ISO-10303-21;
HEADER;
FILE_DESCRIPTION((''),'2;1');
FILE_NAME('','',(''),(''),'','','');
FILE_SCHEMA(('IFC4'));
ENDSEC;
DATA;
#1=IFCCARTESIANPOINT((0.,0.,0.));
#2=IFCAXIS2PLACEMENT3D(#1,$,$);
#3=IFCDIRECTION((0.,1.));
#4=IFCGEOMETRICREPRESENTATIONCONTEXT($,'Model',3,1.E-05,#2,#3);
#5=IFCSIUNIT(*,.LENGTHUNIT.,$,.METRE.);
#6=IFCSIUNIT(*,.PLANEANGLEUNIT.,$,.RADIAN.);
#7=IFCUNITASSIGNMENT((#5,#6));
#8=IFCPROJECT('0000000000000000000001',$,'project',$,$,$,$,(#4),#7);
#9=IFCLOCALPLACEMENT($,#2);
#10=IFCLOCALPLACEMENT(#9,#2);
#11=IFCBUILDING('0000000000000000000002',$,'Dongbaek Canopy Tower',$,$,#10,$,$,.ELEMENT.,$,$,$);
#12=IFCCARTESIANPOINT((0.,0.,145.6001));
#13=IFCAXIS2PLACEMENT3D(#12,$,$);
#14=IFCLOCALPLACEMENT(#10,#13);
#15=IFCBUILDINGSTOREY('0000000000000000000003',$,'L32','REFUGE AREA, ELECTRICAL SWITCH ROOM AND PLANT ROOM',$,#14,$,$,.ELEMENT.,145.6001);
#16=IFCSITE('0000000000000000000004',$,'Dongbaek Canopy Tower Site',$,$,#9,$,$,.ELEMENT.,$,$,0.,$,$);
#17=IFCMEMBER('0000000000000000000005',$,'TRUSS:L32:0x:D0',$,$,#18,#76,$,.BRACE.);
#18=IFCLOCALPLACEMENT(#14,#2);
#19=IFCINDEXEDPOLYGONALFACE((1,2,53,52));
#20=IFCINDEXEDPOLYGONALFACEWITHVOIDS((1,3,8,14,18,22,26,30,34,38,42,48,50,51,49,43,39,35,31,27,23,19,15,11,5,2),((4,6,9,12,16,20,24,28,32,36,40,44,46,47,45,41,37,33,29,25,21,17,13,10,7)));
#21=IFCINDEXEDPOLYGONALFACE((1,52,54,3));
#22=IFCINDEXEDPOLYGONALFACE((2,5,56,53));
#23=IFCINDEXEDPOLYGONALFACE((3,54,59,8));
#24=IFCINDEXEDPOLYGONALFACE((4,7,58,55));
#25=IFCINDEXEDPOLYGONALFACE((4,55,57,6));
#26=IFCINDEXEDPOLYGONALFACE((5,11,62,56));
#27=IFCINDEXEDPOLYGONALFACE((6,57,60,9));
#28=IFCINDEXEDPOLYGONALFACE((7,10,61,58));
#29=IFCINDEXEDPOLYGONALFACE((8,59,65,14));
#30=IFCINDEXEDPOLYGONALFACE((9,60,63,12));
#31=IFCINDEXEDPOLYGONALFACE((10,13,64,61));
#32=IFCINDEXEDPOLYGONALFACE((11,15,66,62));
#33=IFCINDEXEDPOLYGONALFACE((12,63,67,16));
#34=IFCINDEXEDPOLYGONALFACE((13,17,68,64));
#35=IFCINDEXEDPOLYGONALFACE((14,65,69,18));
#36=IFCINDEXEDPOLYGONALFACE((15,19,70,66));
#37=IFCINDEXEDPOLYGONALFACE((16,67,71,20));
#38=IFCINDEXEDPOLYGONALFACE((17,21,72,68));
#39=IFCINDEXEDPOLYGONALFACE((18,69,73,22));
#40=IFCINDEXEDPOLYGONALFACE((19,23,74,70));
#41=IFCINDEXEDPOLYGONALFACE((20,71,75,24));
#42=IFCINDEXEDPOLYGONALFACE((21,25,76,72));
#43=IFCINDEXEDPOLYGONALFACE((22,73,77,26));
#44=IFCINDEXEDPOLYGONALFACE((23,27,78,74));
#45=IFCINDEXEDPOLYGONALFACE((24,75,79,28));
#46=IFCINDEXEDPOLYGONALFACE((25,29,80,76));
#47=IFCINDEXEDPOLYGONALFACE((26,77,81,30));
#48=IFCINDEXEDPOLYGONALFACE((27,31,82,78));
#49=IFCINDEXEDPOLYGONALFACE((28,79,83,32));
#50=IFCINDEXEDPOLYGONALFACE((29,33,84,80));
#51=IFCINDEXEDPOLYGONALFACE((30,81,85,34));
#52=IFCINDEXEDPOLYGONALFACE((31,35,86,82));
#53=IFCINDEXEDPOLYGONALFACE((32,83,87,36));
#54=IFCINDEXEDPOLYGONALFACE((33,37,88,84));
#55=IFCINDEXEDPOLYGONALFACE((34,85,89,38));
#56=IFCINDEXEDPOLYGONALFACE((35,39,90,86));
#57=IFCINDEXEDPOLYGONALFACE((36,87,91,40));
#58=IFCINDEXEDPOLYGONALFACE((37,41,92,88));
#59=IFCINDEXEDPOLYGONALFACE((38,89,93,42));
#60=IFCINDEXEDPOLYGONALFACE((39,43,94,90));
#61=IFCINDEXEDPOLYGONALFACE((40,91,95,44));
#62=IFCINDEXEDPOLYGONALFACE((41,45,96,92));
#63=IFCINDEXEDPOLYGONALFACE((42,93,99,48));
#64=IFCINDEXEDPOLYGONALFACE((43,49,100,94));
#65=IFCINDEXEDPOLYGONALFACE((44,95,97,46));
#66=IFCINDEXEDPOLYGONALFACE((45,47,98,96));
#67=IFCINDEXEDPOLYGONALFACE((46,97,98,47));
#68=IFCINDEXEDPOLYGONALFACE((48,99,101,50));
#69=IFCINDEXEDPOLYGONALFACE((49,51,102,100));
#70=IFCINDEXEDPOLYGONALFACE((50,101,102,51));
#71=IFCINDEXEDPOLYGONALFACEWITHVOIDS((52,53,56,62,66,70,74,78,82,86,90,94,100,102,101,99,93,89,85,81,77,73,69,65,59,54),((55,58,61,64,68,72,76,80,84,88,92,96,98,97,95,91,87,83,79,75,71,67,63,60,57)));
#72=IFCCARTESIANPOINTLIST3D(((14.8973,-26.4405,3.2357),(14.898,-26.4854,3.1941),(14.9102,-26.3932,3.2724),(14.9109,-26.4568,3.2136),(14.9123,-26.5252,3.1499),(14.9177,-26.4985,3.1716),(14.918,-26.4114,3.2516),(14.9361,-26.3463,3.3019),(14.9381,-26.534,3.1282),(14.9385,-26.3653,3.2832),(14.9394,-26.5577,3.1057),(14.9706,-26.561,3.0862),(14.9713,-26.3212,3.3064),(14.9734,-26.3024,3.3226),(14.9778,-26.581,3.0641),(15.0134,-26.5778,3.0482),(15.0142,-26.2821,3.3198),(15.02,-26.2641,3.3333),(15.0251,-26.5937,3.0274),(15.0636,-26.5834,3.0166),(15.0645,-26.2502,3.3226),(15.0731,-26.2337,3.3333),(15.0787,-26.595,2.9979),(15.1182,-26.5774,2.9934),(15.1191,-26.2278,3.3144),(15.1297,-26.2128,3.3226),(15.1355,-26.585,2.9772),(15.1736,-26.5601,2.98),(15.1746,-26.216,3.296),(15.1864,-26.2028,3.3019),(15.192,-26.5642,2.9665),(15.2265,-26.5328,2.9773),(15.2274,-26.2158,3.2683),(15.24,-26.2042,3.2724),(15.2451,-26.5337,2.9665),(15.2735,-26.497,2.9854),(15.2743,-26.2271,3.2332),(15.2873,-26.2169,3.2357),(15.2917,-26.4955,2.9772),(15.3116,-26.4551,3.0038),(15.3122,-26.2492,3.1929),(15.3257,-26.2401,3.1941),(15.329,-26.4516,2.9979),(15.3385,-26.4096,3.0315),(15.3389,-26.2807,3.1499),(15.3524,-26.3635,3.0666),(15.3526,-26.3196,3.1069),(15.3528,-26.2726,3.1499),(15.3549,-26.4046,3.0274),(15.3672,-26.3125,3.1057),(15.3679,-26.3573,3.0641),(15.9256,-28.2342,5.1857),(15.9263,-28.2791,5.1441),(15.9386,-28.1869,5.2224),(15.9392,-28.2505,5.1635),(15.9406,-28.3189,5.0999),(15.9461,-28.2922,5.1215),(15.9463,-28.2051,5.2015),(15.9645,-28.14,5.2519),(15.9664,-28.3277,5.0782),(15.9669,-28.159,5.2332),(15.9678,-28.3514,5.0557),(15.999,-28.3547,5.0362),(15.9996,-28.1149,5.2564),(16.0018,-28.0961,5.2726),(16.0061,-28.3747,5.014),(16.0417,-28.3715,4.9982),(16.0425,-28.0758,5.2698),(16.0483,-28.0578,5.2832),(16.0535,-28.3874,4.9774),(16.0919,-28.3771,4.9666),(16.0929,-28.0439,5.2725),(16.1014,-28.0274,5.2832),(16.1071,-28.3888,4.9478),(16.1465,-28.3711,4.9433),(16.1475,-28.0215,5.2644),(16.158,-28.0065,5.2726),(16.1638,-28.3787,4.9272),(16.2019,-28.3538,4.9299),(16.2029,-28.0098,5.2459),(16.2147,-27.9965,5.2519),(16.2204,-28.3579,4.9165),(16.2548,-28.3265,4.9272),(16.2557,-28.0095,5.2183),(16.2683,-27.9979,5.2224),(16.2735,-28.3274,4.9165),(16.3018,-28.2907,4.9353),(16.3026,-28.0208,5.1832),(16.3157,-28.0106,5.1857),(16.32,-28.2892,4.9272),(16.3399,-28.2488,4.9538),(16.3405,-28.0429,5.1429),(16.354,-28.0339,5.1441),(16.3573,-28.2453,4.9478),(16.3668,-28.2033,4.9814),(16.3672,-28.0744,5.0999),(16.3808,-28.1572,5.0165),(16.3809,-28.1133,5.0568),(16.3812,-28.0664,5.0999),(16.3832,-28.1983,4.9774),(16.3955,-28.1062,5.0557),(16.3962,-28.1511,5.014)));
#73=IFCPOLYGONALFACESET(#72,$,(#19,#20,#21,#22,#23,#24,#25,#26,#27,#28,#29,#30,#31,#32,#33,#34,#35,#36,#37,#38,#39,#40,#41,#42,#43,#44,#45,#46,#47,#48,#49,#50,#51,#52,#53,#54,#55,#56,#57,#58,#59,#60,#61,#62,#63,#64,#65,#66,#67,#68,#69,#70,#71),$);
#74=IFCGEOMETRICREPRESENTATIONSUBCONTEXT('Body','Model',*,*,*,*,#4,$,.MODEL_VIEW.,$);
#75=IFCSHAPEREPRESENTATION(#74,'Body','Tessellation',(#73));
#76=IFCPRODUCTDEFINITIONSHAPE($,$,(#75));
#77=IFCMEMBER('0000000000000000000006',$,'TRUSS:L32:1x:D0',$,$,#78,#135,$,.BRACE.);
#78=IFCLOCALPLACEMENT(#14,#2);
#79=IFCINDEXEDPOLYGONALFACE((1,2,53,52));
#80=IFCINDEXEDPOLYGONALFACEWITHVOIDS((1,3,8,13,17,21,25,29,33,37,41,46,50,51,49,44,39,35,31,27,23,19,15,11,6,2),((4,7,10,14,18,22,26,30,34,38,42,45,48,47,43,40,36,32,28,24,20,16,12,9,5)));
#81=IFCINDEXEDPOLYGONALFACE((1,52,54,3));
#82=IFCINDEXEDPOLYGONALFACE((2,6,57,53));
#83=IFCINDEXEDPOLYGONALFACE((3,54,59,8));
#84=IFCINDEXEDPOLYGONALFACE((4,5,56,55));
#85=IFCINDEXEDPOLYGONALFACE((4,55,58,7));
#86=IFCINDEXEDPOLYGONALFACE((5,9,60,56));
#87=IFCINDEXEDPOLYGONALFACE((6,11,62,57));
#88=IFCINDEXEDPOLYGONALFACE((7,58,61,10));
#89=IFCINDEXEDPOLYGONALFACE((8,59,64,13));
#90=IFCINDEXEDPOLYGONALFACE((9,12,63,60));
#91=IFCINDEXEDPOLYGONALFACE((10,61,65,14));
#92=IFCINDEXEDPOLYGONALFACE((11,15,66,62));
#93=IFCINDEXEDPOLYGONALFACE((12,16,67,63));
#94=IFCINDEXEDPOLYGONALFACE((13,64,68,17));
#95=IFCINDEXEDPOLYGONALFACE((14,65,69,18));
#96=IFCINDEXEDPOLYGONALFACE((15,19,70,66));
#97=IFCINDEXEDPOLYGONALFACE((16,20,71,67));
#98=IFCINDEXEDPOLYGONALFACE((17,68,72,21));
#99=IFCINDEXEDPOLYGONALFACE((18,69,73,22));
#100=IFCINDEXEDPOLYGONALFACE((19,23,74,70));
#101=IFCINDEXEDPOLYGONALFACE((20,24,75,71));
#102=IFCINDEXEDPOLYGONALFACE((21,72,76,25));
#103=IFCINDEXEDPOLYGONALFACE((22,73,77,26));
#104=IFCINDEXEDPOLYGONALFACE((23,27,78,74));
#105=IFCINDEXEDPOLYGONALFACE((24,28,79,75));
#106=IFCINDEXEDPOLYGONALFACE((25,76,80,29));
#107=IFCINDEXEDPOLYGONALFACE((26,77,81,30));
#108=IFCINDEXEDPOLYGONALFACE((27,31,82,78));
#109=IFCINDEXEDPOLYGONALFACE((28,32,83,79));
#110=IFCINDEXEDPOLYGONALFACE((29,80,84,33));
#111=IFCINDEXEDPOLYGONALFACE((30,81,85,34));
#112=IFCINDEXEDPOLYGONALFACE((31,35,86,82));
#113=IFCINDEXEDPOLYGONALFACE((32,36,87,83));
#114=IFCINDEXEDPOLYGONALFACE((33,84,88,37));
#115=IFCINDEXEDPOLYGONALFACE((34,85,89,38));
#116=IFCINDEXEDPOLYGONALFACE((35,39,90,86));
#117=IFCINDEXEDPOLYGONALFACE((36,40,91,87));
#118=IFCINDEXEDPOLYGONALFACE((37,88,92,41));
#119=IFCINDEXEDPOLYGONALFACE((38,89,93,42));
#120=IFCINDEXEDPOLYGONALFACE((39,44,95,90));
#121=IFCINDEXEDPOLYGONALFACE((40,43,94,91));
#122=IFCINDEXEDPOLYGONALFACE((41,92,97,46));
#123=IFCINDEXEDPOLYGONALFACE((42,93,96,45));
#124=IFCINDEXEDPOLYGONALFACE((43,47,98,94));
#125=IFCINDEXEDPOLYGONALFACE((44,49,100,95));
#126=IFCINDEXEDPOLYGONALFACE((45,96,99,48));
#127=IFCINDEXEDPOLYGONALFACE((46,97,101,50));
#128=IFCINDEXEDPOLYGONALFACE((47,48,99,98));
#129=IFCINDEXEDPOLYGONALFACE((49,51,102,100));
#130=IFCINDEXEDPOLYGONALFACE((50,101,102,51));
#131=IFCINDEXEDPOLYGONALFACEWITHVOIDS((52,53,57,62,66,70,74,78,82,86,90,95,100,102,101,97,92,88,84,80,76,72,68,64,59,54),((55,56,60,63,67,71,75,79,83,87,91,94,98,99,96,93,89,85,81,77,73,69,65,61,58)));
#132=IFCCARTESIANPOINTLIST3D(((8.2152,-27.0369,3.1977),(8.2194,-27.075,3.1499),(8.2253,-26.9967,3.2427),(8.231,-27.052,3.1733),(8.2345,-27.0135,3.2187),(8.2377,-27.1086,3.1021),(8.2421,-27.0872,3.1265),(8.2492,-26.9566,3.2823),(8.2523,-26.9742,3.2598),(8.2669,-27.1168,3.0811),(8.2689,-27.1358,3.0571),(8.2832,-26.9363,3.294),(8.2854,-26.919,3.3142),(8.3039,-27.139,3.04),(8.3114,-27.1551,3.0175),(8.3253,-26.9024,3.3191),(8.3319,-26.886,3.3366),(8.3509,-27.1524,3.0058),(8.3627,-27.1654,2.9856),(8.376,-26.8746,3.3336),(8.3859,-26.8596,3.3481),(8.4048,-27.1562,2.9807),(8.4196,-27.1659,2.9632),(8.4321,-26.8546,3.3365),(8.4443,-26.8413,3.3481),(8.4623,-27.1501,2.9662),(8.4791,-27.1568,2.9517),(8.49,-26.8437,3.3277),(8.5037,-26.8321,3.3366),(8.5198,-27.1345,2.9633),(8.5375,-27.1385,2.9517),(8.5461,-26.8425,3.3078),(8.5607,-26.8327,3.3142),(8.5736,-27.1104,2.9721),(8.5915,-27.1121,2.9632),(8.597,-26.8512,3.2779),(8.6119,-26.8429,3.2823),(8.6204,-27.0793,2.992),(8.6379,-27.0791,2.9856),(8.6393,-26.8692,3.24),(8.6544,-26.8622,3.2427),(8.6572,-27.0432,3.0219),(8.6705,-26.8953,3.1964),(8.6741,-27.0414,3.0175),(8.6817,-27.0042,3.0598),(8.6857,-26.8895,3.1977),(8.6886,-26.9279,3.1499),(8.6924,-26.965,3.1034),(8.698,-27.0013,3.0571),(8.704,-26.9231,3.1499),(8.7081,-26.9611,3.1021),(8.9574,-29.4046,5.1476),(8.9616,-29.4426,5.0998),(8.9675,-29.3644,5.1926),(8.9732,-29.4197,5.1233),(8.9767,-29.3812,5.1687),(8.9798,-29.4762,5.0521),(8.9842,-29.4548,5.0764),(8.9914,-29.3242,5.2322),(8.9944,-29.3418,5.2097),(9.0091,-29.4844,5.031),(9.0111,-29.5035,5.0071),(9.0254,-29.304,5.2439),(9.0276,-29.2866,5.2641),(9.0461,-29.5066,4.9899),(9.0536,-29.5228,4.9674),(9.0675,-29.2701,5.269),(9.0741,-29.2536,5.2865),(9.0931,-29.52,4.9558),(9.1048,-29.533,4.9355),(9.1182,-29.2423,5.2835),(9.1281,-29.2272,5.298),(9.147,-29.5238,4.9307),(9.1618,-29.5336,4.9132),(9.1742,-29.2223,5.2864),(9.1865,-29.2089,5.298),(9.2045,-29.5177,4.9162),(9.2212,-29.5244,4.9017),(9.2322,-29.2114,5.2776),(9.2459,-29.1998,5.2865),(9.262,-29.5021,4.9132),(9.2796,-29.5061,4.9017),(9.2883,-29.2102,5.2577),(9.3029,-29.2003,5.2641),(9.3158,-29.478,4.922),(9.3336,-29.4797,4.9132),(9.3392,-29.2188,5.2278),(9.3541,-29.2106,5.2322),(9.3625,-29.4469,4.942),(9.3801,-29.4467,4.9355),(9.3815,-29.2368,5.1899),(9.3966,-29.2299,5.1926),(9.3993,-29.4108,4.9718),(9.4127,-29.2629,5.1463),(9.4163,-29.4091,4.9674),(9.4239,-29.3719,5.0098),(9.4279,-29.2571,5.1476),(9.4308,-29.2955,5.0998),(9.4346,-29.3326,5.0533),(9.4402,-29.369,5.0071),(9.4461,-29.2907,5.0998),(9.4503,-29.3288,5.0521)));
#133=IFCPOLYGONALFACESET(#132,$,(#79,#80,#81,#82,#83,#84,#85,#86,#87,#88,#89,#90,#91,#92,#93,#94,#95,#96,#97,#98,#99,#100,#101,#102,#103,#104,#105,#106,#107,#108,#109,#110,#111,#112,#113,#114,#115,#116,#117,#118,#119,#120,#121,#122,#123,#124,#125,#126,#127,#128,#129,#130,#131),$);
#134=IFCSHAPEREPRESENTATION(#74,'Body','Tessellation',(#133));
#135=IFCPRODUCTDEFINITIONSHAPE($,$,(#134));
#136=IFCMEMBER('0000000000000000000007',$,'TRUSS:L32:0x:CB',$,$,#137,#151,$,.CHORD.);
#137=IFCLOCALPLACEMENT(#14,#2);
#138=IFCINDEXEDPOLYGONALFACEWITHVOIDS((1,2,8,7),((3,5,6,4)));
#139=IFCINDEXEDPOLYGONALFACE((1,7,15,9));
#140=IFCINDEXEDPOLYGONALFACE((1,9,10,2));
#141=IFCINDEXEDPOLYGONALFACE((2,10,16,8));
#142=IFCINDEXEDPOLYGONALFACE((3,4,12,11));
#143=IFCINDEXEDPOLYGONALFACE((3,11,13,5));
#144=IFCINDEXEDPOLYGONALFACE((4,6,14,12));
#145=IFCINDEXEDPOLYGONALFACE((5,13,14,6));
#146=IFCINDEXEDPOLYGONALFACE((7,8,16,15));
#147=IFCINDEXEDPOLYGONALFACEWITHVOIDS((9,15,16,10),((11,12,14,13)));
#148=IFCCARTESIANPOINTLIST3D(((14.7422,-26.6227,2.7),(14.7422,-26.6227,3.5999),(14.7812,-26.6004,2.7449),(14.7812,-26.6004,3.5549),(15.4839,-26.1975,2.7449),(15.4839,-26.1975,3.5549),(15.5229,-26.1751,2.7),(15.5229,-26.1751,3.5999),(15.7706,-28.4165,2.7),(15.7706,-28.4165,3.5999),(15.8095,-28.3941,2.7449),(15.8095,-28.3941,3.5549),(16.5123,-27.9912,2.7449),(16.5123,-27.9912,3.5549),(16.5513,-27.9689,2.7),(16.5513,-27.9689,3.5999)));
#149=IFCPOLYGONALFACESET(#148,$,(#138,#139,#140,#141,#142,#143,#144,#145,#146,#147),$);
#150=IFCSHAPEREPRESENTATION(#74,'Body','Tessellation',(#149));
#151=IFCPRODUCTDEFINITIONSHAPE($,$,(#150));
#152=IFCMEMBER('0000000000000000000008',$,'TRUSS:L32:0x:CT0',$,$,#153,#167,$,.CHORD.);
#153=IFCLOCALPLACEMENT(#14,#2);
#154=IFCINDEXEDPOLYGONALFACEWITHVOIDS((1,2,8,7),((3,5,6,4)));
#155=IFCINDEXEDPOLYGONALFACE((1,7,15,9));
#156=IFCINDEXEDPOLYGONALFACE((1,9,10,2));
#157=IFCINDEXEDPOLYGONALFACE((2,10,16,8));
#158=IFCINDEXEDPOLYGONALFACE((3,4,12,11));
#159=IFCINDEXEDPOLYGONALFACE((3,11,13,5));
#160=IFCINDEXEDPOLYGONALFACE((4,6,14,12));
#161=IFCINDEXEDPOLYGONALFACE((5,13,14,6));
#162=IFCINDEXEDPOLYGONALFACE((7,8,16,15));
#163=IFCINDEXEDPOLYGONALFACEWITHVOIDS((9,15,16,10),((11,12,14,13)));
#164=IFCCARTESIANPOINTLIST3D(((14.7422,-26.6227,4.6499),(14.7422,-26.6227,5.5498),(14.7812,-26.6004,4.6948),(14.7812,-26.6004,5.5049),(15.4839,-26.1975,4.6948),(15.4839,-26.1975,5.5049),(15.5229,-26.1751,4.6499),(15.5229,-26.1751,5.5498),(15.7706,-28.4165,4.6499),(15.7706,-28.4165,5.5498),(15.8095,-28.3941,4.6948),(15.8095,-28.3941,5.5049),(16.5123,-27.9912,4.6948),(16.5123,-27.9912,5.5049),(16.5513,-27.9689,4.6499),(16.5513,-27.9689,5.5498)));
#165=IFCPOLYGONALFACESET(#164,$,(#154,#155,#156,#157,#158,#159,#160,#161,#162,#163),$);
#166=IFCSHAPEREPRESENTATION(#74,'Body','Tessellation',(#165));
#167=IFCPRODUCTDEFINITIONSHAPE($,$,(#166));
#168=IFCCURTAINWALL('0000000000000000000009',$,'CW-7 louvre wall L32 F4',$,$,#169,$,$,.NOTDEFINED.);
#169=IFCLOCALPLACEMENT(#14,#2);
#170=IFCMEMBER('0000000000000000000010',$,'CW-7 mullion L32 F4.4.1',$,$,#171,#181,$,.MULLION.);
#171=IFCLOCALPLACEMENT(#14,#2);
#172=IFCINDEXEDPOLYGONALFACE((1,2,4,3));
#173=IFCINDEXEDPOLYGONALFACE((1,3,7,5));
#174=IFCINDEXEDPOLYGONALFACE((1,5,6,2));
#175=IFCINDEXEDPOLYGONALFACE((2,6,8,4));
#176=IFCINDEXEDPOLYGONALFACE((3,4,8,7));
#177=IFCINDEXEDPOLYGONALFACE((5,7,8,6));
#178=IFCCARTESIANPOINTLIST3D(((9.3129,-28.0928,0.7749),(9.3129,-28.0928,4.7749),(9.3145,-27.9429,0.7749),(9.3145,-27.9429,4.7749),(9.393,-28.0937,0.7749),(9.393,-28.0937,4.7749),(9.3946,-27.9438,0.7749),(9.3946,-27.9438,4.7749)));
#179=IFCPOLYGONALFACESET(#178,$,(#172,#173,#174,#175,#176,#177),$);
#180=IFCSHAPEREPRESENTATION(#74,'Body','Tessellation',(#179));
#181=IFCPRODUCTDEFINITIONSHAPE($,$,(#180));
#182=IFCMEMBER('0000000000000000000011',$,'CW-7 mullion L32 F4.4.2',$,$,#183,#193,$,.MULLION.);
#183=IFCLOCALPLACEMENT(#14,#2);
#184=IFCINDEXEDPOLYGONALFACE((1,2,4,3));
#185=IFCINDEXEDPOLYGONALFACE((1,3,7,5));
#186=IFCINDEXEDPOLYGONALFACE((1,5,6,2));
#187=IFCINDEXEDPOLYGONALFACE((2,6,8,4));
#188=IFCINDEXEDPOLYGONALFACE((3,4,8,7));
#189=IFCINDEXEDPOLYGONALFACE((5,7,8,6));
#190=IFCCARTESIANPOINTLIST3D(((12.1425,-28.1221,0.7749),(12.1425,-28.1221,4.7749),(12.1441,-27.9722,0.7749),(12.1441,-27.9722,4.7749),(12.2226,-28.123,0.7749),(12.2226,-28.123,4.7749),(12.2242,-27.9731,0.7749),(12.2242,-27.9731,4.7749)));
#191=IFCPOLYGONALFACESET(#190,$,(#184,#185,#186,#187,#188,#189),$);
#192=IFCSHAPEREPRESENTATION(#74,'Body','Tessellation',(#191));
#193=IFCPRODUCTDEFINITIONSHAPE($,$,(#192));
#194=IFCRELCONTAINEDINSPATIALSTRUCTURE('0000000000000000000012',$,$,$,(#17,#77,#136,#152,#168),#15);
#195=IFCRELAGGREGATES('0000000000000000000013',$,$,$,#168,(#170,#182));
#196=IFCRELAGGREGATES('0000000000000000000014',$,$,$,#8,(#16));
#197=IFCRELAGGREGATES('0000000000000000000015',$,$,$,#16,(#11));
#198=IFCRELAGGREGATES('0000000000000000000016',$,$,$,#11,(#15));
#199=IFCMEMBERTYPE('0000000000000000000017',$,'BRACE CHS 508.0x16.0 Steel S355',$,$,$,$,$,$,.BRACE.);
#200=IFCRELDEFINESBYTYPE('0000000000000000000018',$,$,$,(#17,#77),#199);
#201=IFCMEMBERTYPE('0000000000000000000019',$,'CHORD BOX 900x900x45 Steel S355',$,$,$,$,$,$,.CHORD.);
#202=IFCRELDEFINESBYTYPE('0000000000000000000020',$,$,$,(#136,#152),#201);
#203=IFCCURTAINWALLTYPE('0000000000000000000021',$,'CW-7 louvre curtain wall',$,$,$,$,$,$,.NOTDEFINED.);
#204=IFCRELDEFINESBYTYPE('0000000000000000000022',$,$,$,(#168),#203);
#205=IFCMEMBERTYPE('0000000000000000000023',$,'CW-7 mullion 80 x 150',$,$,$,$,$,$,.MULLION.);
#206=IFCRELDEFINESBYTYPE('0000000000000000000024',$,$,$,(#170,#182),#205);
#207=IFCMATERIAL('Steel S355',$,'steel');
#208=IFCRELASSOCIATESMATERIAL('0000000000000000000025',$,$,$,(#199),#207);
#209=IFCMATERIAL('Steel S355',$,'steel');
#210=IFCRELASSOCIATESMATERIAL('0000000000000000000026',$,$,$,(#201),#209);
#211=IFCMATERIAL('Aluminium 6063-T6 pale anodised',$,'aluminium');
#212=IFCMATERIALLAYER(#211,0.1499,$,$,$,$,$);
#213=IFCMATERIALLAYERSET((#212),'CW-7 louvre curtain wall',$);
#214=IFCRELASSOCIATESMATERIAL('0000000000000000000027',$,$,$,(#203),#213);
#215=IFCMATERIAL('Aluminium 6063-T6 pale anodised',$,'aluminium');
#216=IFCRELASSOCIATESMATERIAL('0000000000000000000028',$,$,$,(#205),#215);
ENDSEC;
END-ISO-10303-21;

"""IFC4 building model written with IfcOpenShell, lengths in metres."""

from ifc_helpers import new_model, si_unit, direction, frame, origin, origin_2d, place, context, subcontext, project, spatial, rectangle, hollow_rectangle, hollow_circle, extrude, material, layer, layer_set, material_profile, profile_set, type_object, element, aggregate, save


model = new_model("IFC4")

# Units and contexts
model_context = context("Model", 3, precision=1e-05, world=origin(), true_north=direction((0.0, 1.0)))
body_context = subcontext(model_context, "Body", "Model", "MODEL_VIEW")
ifc_project = project(units=[si_unit("LENGTHUNIT", "METRE"), si_unit("PLANEANGLEUNIT", "RADIAN")], contexts=[model_context])

# Site, building, storey
site_placement = place(None, origin())
site = spatial("IfcSite", under=ifc_project, at=site_placement, Name="Dongbaek Canopy Tower Site", CompositionType="ELEMENT", RefElevation=0.0)
building_placement = place(site_placement, origin())
building = spatial("IfcBuilding", under=site, at=building_placement, Name="Dongbaek Canopy Tower", CompositionType="ELEMENT")
storey_placement = place(building_placement, frame((0.0, 0.0, 145.6001)))
storey = spatial("IfcBuildingStorey", under=building, at=storey_placement, Name="L32", Description="REFUGE AREA, ELECTRICAL SWITCH ROOM AND PLANT ROOM", CompositionType="ELEMENT", Elevation=145.6001)

# Members
ifc_material_1 = material(Name="Steel S355", Category="steel")
ifc_material_profile_1 = material_profile(ifc_material_1, hollow_circle(Radius=0.2539, WallThickness=0.0161, at=origin_2d()), Name="BRACE CHS 508.0x16.0 Steel S355")
ifc_profile_set_1 = profile_set([ifc_material_profile_1], Name="Steel S355")
member_type_1 = type_object("IfcMemberType", Name="BRACE CHS 508.0x16.0 Steel S355", PredefinedType="BRACE", material=ifc_profile_set_1)
member_1_placement = place(storey_placement, frame((15.1326, -26.3989, 3.1499), z_axis=(0.361826, -0.631135, 0.686113), x_axis=(0.867545, 0.497359, 0.0)))
element("IfcMember", 1, at=member_1_placement, inside=storey, type_object=member_type_1, Name="TRUSS:L32:0x:D0", PredefinedType="BRACE", context=body_context, shape_type="SweptSolid", body=[
    extrude(hollow_circle(Radius=0.2539, WallThickness=0.0161, at=origin_2d()), origin(), (0.0, 0.0, 1.0), 2.842),
])
member_2_placement = place(storey_placement, frame((8.4617, -26.999, 3.1499), z_axis=(0.235182, -0.750263, 0.617895), x_axis=(0.954217, 0.299115, 0.0)))
element("IfcMember", 2, at=member_2_placement, inside=storey, type_object=member_type_1, Name="TRUSS:L32:1x:D0", PredefinedType="BRACE", context=body_context, shape_type="SweptSolid", body=[
    extrude(hollow_circle(Radius=0.2539, WallThickness=0.0161, at=origin_2d()), origin(), (0.0, 0.0, 1.0), 3.1558),
])
ifc_material_2 = material(Name="Steel S355", Category="steel")
ifc_material_profile_2 = material_profile(ifc_material_2, hollow_rectangle(XDim=0.8999, YDim=0.8999, WallThickness=0.0449, at=origin_2d()), Name="CHORD BOX 900x900x45 Steel S355")
ifc_profile_set_2 = profile_set([ifc_material_profile_2], Name="Steel S355")
member_type_2 = type_object("IfcMemberType", Name="CHORD BOX 900x900x45 Steel S355", PredefinedType="CHORD", material=ifc_profile_set_2)
for number, where, z_axis, x_axis, name in (
    (3, (15.1326, -26.3989, 3.1499), (0.497359, -0.867545, 0.0), (0.867545, 0.497359, 0.0), "TRUSS:L32:0x:CB"),
    (4, (15.1326, -26.3989, 5.0999), (0.497359, -0.867545, 0.0), (0.867545, 0.497359, 0.0), "TRUSS:L32:0x:CT0"),
):
    element("IfcMember", number, at=place(storey_placement, frame(where, z_axis=z_axis, x_axis=x_axis)), inside=storey, type_object=member_type_2, Name=name, PredefinedType="CHORD", context=body_context, shape_type="SweptSolid", body=[
        extrude(hollow_rectangle(XDim=0.8999, YDim=0.8999, WallThickness=0.0449, at=origin_2d()), origin(), (0.0, 0.0, 1.0), 2.0676),
    ])

# Curtain wall, members
ifc_material_3 = material(Name="Aluminium 6063-T6 pale anodised", Category="aluminium")
ifc_layer_1 = layer(ifc_material_3, 0.1499)
ifc_layer_set_1 = layer_set([ifc_layer_1], Name="CW-7 louvre curtain wall")
curtain_wall_type = type_object("IfcCurtainWallType", Name="CW-7 louvre curtain wall", PredefinedType="NOTDEFINED", material=ifc_layer_set_1)
curtain_wall_1_placement = place(storey_placement, origin())
curtain_wall_1 = element("IfcCurtainWall", 5, at=curtain_wall_1_placement, inside=storey, type_object=curtain_wall_type, Name="CW-7 louvre wall L32 F4", PredefinedType="NOTDEFINED")
ifc_material_4 = material(Name="Aluminium 6063-T6 pale anodised", Category="aluminium")
ifc_material_profile_3 = material_profile(ifc_material_4, rectangle(XDim=0.1499, YDim=0.0801, at=origin_2d()), Name="CW-7 mullion 80 x 150")
ifc_profile_set_3 = profile_set([ifc_material_profile_3], Name="Aluminium 6063-T6 pale anodised")
member_type_3 = type_object("IfcMemberType", Name="CW-7 mullion 80 x 150", PredefinedType="MULLION", material=ifc_profile_set_3)
member_3_placement = place(storey_placement, frame((9.3538, -28.0183, 0.7749), z_axis=(0.0, 0.0, 1.0), x_axis=(-0.010401, -0.999946, 0.0)))
member_3 = element("IfcMember", 6, at=member_3_placement, type_object=member_type_3, Name="CW-7 mullion L32 F4.4.1", PredefinedType="MULLION", context=body_context, shape_type="SweptSolid", body=[
    extrude(rectangle(XDim=0.1499, YDim=0.0801, at=origin_2d()), origin(), (0.0, 0.0, 1.0), 4.0),
])
member_4_placement = place(storey_placement, frame((12.1833, -28.0476, 0.7749), z_axis=(0.0, 0.0, 1.0), x_axis=(-0.010401, -0.999946, 0.0)))
member_4 = element("IfcMember", 7, at=member_4_placement, type_object=member_type_3, Name="CW-7 mullion L32 F4.4.2", PredefinedType="MULLION", context=body_context, shape_type="SweptSolid", body=[
    extrude(rectangle(XDim=0.1499, YDim=0.0801, at=origin_2d()), origin(), (0.0, 0.0, 1.0), 4.0),
])

aggregate(curtain_wall_1, [member_3, member_4])

save(model, "model.ifc")
